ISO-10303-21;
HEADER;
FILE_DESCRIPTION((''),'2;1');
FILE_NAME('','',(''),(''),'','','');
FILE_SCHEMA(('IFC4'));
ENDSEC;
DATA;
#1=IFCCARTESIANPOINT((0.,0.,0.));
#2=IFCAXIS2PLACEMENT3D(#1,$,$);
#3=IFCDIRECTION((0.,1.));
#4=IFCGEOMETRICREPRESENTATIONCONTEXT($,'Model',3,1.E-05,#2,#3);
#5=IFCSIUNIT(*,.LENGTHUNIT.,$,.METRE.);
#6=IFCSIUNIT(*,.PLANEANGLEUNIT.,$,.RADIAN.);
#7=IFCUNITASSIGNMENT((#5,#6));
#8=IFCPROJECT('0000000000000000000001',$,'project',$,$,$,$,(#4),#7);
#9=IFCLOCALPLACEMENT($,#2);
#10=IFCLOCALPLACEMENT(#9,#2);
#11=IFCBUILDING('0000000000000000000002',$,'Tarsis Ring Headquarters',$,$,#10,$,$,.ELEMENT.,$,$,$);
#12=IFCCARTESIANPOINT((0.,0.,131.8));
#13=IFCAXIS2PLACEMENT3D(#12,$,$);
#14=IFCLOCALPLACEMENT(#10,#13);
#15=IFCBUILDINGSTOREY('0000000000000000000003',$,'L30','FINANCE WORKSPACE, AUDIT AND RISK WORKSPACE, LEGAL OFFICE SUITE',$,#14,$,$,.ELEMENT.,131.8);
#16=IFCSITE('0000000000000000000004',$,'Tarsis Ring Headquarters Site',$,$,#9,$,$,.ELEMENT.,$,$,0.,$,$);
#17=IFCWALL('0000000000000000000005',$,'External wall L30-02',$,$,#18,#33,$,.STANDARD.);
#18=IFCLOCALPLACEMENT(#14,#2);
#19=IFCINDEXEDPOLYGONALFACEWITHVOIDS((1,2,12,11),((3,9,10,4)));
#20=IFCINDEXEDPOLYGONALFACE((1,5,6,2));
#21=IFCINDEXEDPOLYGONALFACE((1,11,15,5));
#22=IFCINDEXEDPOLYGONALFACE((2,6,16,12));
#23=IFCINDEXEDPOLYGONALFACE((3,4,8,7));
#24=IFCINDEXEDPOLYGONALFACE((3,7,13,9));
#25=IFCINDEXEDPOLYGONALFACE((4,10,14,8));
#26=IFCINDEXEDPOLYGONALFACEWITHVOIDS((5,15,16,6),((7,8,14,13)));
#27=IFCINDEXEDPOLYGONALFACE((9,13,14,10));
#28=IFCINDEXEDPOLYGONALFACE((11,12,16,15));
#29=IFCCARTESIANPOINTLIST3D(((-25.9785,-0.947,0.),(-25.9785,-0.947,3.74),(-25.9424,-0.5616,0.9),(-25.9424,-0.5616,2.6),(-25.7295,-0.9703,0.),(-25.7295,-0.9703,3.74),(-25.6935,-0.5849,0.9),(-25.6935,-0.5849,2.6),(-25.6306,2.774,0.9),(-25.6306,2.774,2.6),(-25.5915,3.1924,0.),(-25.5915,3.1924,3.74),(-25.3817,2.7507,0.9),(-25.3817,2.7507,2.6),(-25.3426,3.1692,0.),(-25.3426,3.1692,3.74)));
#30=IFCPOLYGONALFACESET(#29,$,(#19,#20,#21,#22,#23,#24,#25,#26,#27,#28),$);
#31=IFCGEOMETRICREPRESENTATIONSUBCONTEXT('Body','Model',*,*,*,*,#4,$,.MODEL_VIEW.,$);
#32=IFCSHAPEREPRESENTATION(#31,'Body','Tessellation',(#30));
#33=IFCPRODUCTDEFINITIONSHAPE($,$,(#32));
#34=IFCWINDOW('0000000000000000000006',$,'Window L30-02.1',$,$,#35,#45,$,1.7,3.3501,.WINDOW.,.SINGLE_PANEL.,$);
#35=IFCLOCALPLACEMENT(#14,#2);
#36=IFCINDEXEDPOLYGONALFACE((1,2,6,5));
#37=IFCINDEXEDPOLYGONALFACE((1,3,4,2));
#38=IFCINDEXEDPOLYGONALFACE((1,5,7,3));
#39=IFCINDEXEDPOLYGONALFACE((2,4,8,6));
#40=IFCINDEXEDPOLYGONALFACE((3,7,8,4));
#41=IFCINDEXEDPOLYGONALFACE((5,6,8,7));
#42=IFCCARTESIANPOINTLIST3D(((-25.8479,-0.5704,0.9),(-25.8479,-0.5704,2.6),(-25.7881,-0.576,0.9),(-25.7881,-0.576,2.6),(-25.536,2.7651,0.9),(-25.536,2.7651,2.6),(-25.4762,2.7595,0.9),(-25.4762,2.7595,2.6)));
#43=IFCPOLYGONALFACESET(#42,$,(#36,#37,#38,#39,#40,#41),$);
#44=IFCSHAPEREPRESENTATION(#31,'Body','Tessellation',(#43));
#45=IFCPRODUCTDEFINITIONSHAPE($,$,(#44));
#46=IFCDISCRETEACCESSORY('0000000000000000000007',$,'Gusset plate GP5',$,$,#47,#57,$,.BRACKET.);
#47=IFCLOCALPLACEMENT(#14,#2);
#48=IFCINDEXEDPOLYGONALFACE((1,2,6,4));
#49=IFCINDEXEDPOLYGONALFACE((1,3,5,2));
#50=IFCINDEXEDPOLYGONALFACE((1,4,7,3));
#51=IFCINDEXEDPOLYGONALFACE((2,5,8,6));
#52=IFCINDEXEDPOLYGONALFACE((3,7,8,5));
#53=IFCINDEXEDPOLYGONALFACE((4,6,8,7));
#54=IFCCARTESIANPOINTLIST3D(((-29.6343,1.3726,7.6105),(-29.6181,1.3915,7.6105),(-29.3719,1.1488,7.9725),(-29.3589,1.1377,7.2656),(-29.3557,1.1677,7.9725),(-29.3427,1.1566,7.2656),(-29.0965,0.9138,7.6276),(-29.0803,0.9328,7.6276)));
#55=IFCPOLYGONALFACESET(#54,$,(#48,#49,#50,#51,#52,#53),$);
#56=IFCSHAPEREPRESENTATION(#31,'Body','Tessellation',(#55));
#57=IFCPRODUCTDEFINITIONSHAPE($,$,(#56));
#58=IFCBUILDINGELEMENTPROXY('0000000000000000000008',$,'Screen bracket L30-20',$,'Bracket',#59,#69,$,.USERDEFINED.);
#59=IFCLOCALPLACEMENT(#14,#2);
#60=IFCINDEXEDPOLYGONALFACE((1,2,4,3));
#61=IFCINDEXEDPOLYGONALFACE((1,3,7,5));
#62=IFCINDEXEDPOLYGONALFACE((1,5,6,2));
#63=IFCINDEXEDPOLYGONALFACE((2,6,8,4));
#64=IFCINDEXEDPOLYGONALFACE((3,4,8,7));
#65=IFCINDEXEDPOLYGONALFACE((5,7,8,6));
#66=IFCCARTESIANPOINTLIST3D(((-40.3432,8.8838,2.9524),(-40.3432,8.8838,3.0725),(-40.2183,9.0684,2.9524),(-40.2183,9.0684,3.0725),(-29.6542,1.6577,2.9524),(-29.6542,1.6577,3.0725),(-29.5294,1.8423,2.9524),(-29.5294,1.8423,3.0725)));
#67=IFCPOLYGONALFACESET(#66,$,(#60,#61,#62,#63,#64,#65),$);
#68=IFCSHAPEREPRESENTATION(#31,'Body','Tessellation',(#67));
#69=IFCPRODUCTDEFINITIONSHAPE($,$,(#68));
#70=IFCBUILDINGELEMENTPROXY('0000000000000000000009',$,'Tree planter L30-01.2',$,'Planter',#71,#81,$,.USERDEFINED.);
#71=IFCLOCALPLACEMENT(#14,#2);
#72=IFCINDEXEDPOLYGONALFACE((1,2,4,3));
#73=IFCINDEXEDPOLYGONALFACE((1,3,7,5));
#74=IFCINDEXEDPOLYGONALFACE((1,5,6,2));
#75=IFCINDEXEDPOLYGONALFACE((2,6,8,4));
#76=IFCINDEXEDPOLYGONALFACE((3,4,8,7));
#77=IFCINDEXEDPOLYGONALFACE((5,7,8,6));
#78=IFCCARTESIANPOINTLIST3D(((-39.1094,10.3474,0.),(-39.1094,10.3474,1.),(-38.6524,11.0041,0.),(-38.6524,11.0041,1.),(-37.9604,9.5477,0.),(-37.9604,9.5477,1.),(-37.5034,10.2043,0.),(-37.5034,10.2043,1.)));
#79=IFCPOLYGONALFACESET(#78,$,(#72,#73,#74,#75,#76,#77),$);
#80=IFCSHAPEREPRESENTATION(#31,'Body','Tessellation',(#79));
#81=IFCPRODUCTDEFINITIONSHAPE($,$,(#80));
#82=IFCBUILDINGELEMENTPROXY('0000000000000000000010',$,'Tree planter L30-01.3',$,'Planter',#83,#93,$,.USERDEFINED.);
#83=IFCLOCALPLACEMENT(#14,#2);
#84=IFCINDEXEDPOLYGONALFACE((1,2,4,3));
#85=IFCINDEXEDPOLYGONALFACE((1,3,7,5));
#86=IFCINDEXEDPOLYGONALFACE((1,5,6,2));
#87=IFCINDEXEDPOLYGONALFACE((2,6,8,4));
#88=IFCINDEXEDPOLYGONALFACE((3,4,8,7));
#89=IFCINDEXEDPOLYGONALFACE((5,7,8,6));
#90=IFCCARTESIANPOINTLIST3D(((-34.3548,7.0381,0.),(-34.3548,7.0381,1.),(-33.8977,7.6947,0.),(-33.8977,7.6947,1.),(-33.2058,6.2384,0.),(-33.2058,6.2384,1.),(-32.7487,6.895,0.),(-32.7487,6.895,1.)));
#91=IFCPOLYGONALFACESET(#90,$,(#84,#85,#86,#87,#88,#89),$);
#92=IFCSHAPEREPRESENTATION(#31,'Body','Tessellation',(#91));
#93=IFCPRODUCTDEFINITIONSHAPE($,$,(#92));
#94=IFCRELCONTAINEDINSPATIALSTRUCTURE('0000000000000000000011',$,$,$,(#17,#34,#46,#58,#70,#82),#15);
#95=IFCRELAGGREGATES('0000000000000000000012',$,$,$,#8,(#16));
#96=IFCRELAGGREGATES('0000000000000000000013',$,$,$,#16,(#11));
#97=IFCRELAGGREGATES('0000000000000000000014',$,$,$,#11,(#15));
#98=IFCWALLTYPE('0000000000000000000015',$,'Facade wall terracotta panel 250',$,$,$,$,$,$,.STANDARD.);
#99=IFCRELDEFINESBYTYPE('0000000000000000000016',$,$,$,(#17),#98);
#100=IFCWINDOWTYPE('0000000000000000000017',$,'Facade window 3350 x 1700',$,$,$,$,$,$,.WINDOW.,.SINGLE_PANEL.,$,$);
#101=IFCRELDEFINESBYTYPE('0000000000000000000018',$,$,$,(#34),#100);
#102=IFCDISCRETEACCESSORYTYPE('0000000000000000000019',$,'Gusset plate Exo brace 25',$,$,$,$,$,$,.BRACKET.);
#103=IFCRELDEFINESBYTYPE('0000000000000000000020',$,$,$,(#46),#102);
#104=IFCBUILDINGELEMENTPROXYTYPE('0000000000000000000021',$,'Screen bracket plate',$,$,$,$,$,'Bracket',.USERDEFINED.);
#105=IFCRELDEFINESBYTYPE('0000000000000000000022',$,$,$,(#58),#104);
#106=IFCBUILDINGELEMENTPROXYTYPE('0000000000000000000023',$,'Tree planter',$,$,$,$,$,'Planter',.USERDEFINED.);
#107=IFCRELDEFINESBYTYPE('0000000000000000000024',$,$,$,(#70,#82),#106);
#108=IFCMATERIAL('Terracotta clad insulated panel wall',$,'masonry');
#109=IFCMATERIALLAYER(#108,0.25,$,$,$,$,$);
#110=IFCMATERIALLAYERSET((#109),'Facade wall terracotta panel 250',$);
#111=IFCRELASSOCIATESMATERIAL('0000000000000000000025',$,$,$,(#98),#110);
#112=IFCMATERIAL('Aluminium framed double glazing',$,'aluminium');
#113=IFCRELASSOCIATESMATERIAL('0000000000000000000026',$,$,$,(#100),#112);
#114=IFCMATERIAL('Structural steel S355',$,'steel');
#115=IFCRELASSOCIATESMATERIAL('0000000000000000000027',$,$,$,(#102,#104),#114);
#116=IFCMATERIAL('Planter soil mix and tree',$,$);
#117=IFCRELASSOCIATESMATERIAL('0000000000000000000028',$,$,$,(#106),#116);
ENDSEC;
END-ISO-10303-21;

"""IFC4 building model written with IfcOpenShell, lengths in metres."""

from ifc_helpers import new_model, si_unit, direction, frame, frame_2d, origin, origin_2d, place, context, subcontext, project, spatial, rectangle, extrude, material, layer, layer_set, material_profile, profile_set, type_object, element, fill, save


model = new_model("IFC4")

# Units and contexts
model_context = context("Model", 3, precision=1e-05, world=origin(), true_north=direction((0.0, 1.0)))
body_context = subcontext(model_context, "Body", "Model", "MODEL_VIEW")
ifc_project = project(units=[si_unit("LENGTHUNIT", "METRE"), si_unit("PLANEANGLEUNIT", "RADIAN")], contexts=[model_context])

# Site, building, storey
site_placement = place(None, origin())
site = spatial("IfcSite", under=ifc_project, at=site_placement, Name="Tarsis Ring Headquarters Site", CompositionType="ELEMENT", RefElevation=0.0)
building_placement = place(site_placement, origin())
building = spatial("IfcBuilding", under=site, at=building_placement, Name="Tarsis Ring Headquarters", CompositionType="ELEMENT")
storey_placement = place(building_placement, frame((0.0, 0.0, 131.8)))
storey = spatial("IfcBuildingStorey", under=building, at=storey_placement, Name="L30", Description="FINANCE WORKSPACE, AUDIT AND RISK WORKSPACE, LEGAL OFFICE SUITE", CompositionType="ELEMENT", Elevation=131.8)

# Shared definitions
ifc_material_1 = material(Name="Structural steel S355", Category="steel")

# Wall, opening, window
ifc_material_2 = material(Name="Terracotta clad insulated panel wall", Category="masonry")
ifc_layer_1 = layer(ifc_material_2, 0.25)
ifc_layer_set_1 = layer_set([ifc_layer_1], Name="Facade wall terracotta panel 250")
wall_type_1 = type_object("IfcWallType", Name="Facade wall terracotta panel 250", PredefinedType="STANDARD", material=ifc_layer_set_1)
wall_1_placement = place(storey_placement, frame((-25.467, 3.1807, 0.0), z_axis=(0.0, 0.0, 1.0), x_axis=(-0.093077, -0.995659, 0.0)))
wall_1 = element("IfcWall", 1, at=wall_1_placement, inside=storey, type_object=wall_type_1, Name="External wall L30-02", PredefinedType="STANDARD", context=body_context, shape_type="SweptSolid", body=[
    extrude(rectangle(XDim=4.1575, YDim=0.25, at=frame_2d((2.0786, 0.0))), origin(), (0.0, 0.0, 1.0), 3.74),
])
opening_1_placement = place(wall_1_placement, frame((0.4202, 0.0, 0.8999)))
opening_1 = element("IfcOpeningElement", 2, at=opening_1_placement, cuts=wall_1, PredefinedType="OPENING", context=body_context, shape_type="SweptSolid", body=[
    extrude(rectangle(XDim=3.3501, YDim=1.7, at=frame_2d((1.675, 0.8501))), frame((0.0, 0.135, 0.0), z_axis=(0.0, -1.0, 0.0), x_axis=(1.0, 0.0, 0.0)), (0.0, 0.0, 1.0), 0.27),
])
ifc_material_3 = material(Name="Aluminium framed double glazing", Category="aluminium")
window_type = type_object("IfcWindowType", Name="Facade window 3350 x 1700", PartitioningType="SINGLE_PANEL", PredefinedType="WINDOW", material=ifc_material_3)
window_placement = place(opening_1_placement, origin())
window = element("IfcWindow", 3, at=window_placement, inside=storey, type_object=window_type, Name="Window L30-02.1", OverallHeight=1.7, OverallWidth=3.3501, PartitioningType="SINGLE_PANEL", PredefinedType="WINDOW", context=body_context, shape_type="SweptSolid", body=[
    extrude(rectangle(XDim=3.3501, YDim=1.7, at=frame_2d((1.675, 0.8501))), frame((0.0, 0.03, 0.0), z_axis=(0.0, -1.0, 0.0), x_axis=(1.0, 0.0, 0.0)), (0.0, 0.0, 1.0), 0.0601),
])
fill(opening_1, window)

# Discrete accessory
ifc_material_profile_1 = material_profile(ifc_material_1, rectangle(XDim=0.0249, YDim=0.5, at=origin_2d()), Name="PL 25x500")
ifc_profile_set_1 = profile_set([ifc_material_profile_1], Name="Structural steel S355")
discrete_accessory_type = type_object("IfcDiscreteAccessoryType", Name="Gusset plate Exo brace 25", PredefinedType="BRACKET", material=ifc_profile_set_1)
discrete_accessory_placement = place(storey_placement, frame((-29.2261, 1.0408, 7.8), z_axis=(-0.524809, 0.447674, -0.723992), x_axis=(-0.648983, -0.760803, 0.0)))
element("IfcDiscreteAccessory", 4, at=discrete_accessory_placement, inside=storey, type_object=discrete_accessory_type, Name="Gusset plate GP5", PredefinedType="BRACKET", context=body_context, shape_type="SweptSolid", body=[
    extrude(rectangle(XDim=0.0249, YDim=0.5, at=origin_2d()), origin(), (0.0, 0.0, 1.0), 0.5),
])

# Building element proxies
building_element_proxy_type_1 = type_object("IfcBuildingElementProxyType", Name="Screen bracket plate", ElementType="Bracket", PredefinedType="USERDEFINED", material=ifc_material_1)
proxy_placement = place(storey_placement, frame((-34.9363, 5.363, 2.9524), z_axis=(0.0, 0.0, 1.0), x_axis=(0.828452, -0.560061, 0.0)))
element("IfcBuildingElementProxy", 5, at=proxy_placement, inside=storey, type_object=building_element_proxy_type_1, Name="Screen bracket L30-20", ObjectType="Bracket", PredefinedType="USERDEFINED", context=body_context, shape_type="SweptSolid", body=[
    extrude(rectangle(XDim=12.9023, YDim=0.2229, at=origin_2d()), origin(), (0.0, 0.0, 1.0), 0.1201),
])
ifc_material_4 = material(Name="Planter soil mix and tree")
building_element_proxy_type_2 = type_object("IfcBuildingElementProxyType", Name="Tree planter", ElementType="Planter", PredefinedType="USERDEFINED", material=ifc_material_4)
for number, where, z_axis, x_axis, name in (
    (6, (-38.3064, 10.2759, 0.0), (0.0, 0.0, 1.0), (0.820751, -0.571287, 0.0), "Tree planter L30-01.2"),
    (7, (-33.5518, 6.9666, 0.0), (0.0, 0.0, 1.0), (0.820751, -0.571287, 0.0), "Tree planter L30-01.3"),
):
    element("IfcBuildingElementProxy", number, at=place(storey_placement, frame(where, z_axis=z_axis, x_axis=x_axis)), inside=storey, type_object=building_element_proxy_type_2, Name=name, ObjectType="Planter", PredefinedType="USERDEFINED", context=body_context, shape_type="SweptSolid", body=[
        extrude(rectangle(XDim=1.3999, YDim=0.8, at=origin_2d()), origin(), (0.0, 0.0, 1.0), 1.0),
    ])

save(model, "model.ifc")
